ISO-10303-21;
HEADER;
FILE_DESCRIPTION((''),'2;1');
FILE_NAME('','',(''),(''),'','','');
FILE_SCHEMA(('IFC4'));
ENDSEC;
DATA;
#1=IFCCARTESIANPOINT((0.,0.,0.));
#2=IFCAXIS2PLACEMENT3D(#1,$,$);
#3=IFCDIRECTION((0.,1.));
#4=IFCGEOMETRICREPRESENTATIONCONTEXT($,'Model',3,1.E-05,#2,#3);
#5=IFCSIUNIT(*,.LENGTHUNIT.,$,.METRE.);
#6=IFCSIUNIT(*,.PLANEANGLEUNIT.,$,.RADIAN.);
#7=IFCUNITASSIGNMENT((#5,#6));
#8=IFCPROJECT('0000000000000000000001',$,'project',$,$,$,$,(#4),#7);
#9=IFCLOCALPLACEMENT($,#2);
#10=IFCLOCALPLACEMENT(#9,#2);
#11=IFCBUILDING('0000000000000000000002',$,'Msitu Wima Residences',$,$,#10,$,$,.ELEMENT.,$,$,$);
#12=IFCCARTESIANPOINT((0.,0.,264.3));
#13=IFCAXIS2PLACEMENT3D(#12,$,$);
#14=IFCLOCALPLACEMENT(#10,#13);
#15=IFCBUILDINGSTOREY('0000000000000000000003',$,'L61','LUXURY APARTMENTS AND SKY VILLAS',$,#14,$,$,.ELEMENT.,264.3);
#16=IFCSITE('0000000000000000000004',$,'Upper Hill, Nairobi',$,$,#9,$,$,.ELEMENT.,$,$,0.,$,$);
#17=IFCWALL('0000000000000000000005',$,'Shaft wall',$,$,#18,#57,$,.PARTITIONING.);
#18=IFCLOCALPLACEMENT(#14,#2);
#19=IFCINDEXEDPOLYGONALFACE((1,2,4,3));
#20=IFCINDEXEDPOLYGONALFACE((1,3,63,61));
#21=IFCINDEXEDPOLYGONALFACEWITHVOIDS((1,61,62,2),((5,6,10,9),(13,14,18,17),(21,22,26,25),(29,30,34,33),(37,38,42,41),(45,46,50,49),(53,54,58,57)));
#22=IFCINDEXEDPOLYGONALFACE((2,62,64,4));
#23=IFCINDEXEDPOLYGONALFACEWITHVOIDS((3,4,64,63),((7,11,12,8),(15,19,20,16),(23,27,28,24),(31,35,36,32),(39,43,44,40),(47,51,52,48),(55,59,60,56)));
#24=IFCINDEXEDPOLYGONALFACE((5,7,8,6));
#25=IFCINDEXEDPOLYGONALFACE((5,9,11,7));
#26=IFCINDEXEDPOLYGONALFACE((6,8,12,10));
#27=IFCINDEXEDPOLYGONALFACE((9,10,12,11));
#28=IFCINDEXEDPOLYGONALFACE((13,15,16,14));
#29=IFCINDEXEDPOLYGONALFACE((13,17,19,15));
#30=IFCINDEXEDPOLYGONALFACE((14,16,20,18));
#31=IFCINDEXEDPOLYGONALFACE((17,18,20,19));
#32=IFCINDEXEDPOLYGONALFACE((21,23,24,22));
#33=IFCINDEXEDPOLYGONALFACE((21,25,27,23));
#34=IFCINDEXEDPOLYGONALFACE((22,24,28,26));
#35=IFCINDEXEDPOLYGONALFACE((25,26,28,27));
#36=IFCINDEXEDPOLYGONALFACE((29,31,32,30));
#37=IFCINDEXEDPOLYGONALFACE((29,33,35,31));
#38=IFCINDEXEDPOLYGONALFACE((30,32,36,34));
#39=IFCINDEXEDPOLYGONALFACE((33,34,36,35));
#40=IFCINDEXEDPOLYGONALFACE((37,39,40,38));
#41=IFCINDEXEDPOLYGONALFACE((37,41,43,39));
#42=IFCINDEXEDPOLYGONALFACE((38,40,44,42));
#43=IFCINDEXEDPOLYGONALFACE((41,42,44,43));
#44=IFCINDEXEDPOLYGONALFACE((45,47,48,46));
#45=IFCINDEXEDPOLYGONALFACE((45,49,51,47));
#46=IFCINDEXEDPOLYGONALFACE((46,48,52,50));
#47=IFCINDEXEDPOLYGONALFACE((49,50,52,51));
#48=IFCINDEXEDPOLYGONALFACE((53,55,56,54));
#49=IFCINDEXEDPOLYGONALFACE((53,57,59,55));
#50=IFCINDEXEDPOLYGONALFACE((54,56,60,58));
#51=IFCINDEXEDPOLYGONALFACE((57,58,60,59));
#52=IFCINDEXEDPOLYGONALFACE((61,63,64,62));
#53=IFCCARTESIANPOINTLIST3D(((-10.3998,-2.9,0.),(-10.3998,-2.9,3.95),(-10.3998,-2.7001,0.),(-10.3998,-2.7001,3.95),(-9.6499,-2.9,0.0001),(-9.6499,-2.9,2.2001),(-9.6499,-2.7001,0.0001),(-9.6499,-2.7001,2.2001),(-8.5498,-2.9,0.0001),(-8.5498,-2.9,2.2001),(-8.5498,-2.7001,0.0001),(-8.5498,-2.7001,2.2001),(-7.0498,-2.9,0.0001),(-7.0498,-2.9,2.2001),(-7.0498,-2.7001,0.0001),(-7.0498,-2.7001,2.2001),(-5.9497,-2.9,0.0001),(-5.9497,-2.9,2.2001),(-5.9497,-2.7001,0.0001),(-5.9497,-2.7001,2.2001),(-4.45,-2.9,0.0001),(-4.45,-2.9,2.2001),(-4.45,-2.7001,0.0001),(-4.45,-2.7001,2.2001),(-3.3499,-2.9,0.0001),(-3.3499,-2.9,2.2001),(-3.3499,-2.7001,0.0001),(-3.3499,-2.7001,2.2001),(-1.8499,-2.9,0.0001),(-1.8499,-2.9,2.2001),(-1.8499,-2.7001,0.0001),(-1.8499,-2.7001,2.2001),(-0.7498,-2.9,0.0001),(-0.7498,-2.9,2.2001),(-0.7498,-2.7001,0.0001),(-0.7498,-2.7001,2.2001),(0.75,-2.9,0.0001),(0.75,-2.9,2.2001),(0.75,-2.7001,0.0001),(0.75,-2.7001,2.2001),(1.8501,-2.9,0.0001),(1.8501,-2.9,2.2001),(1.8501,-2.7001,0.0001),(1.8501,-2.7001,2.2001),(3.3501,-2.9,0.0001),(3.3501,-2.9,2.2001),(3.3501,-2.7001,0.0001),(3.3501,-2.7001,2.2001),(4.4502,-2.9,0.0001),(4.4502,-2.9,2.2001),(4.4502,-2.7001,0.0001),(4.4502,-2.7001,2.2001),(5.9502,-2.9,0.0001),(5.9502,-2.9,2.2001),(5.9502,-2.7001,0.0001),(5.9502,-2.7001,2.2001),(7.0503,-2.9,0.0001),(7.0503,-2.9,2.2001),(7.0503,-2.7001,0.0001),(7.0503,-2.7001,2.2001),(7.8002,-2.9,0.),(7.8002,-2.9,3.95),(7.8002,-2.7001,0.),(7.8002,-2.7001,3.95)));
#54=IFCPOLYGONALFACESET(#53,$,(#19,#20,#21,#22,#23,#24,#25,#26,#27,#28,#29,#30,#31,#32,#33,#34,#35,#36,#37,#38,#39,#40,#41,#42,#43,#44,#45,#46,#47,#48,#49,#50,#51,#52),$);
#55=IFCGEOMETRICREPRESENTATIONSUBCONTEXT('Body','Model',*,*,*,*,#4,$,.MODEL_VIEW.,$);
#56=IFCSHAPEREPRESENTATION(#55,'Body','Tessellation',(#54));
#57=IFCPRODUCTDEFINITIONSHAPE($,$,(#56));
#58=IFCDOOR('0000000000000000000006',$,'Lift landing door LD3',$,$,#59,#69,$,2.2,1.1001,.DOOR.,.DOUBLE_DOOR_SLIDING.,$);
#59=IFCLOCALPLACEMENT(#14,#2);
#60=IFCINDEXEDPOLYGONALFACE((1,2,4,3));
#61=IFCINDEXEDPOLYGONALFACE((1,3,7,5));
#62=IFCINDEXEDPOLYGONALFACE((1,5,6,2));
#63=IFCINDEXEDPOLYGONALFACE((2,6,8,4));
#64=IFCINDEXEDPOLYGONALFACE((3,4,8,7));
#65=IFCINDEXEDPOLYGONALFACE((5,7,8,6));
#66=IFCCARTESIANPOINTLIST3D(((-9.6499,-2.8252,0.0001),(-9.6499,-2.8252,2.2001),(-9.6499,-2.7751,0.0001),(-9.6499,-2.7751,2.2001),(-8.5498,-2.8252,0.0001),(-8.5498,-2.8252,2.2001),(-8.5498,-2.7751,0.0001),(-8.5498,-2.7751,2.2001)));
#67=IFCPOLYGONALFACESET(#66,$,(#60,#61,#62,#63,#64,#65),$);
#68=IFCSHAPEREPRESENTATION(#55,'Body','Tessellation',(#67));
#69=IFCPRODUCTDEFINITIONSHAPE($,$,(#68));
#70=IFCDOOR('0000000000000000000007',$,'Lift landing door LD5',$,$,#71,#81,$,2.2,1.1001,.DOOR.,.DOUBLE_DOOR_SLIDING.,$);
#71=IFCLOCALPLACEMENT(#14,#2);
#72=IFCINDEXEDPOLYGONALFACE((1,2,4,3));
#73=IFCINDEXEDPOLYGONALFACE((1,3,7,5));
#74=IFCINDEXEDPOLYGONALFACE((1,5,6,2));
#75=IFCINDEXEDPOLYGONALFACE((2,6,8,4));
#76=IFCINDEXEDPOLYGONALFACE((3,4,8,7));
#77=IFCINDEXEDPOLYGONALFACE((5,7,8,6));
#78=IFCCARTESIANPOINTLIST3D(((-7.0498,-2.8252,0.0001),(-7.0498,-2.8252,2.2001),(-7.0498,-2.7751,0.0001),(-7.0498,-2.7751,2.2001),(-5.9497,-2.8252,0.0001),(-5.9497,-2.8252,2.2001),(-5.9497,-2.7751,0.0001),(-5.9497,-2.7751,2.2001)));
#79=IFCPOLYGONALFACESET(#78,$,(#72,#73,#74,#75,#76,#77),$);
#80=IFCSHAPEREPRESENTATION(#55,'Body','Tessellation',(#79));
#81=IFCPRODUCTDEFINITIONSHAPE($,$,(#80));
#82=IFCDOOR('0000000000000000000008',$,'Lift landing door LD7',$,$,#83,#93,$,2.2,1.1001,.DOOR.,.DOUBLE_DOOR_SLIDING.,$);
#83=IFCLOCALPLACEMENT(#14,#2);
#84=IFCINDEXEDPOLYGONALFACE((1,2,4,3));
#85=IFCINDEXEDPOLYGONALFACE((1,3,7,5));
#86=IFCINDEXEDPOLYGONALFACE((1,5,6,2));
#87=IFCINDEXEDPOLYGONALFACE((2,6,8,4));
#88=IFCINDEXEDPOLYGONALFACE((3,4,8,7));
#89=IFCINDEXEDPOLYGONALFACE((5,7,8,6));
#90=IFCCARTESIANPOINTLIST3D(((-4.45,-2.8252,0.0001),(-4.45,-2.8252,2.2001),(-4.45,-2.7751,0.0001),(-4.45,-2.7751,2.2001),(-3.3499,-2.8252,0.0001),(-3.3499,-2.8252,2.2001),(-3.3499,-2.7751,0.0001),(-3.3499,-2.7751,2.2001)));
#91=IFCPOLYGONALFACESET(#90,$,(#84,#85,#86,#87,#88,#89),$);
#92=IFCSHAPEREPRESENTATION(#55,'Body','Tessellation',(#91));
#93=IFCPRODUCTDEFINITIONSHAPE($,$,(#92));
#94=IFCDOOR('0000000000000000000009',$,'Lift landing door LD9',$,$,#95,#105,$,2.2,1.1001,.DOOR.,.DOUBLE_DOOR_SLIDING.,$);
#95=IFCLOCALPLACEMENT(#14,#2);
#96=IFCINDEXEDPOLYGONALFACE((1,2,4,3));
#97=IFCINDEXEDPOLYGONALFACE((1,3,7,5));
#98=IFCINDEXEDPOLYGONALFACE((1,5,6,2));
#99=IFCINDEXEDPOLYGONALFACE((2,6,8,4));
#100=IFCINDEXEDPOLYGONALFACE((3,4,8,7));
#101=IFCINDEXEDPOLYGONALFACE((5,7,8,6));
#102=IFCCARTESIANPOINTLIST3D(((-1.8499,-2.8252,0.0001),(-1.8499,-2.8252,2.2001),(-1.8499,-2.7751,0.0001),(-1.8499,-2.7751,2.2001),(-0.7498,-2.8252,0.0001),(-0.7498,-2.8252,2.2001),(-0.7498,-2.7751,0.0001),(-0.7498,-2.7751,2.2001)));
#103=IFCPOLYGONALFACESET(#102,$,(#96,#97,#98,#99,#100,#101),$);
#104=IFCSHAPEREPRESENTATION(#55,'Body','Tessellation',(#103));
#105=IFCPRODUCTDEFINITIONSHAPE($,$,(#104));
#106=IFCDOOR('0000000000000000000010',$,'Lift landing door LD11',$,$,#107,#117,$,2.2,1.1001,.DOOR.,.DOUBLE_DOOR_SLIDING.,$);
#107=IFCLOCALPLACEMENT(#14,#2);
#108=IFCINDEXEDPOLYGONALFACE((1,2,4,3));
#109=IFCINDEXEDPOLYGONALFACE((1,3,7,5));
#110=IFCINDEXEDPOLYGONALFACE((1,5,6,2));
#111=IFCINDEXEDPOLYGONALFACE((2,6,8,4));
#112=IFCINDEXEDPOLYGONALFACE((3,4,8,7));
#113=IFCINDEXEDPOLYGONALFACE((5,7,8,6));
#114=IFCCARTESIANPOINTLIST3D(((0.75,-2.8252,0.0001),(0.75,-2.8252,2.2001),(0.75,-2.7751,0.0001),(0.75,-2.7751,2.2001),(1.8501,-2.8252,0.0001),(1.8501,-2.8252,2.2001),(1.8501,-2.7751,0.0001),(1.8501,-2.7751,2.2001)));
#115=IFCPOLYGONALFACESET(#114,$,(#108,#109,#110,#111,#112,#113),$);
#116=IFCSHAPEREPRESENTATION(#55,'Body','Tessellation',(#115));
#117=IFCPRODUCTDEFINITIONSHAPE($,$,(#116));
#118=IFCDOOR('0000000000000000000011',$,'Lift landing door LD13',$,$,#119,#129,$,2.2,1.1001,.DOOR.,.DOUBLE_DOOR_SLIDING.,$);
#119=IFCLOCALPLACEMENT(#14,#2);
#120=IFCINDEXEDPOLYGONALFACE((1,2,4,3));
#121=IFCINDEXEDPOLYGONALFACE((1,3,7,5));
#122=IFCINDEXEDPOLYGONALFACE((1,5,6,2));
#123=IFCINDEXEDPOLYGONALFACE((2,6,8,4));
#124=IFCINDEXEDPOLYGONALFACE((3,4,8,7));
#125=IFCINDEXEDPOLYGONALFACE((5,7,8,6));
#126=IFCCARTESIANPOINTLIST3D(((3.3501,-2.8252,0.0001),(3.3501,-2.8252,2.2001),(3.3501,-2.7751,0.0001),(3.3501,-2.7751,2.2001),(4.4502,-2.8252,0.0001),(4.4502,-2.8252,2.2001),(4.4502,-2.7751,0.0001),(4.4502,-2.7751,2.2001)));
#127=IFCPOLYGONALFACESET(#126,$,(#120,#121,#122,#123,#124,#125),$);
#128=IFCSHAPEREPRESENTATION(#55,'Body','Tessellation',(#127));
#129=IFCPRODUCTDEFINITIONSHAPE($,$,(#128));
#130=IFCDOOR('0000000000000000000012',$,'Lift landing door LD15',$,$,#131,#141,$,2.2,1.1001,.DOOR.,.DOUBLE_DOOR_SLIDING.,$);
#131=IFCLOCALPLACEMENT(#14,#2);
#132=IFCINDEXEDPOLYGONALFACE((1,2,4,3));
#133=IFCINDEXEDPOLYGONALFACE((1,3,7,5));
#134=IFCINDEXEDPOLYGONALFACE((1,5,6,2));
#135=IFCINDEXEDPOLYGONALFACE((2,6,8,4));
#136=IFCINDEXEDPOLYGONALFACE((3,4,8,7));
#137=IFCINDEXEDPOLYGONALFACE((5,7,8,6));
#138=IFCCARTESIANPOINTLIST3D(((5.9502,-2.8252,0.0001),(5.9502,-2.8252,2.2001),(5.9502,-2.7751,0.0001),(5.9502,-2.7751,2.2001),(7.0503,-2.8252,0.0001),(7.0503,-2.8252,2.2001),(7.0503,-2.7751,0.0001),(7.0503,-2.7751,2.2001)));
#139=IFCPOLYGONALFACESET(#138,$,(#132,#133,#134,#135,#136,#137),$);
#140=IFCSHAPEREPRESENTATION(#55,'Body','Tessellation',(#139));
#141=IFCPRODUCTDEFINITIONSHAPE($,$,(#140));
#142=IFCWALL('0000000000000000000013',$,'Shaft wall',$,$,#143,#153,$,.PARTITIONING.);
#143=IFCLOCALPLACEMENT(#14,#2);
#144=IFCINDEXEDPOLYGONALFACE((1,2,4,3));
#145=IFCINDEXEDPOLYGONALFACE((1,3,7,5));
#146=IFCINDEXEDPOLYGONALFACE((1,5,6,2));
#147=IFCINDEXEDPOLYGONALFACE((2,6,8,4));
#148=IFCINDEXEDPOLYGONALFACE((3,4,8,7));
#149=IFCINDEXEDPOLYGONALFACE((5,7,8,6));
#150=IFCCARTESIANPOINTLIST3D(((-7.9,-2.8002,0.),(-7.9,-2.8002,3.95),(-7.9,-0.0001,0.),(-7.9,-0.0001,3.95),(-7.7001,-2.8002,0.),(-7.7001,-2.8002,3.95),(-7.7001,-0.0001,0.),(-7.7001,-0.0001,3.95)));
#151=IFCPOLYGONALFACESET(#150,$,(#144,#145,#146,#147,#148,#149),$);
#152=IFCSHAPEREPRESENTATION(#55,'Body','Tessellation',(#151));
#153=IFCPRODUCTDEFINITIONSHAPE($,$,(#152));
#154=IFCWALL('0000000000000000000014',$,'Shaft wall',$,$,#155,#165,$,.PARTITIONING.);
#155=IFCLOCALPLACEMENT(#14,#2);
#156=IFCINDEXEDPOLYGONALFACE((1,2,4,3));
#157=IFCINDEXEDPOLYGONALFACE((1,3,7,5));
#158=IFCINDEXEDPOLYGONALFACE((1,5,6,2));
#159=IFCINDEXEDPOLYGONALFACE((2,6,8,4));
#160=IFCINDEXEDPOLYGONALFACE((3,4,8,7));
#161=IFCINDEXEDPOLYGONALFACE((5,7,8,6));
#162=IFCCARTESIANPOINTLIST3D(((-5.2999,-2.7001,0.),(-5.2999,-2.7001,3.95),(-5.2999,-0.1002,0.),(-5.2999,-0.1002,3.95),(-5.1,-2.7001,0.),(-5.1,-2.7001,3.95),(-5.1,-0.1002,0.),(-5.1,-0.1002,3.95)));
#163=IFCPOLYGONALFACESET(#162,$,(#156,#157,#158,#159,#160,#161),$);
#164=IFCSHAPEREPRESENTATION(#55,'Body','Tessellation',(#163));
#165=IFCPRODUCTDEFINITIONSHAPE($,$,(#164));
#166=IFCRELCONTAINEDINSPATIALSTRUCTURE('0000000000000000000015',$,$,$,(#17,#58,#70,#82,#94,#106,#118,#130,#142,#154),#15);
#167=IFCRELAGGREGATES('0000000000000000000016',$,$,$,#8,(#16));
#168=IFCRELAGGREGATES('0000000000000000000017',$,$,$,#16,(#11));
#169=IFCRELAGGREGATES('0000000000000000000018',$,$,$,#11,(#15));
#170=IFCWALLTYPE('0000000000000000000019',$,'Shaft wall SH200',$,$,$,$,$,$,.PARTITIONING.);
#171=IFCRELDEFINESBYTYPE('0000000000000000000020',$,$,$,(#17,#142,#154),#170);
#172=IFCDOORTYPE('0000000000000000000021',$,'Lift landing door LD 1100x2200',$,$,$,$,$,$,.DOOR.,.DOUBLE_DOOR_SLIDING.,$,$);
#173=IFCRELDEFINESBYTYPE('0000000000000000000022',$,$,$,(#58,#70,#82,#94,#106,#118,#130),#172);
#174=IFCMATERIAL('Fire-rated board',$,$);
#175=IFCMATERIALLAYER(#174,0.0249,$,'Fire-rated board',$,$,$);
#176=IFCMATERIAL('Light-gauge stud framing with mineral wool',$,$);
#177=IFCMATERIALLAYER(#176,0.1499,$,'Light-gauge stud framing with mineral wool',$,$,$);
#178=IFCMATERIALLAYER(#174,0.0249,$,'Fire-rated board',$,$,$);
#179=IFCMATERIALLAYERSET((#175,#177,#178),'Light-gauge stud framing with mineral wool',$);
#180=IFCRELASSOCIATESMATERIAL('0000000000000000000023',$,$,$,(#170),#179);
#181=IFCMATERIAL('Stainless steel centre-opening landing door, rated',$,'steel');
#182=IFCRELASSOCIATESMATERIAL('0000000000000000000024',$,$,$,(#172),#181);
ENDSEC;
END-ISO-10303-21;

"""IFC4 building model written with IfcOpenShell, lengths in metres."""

from ifc_helpers import new_model, si_unit, direction, frame, frame_2d, origin, place, context, subcontext, project, spatial, rectangle, extrude, material, layer, layer_set, type_object, element, fill, save


model = new_model("IFC4")

# Units and contexts
model_context = context("Model", 3, precision=1e-05, world=origin(), true_north=direction((0.0, 1.0)))
body_context = subcontext(model_context, "Body", "Model", "MODEL_VIEW")
ifc_project = project(units=[si_unit("LENGTHUNIT", "METRE"), si_unit("PLANEANGLEUNIT", "RADIAN")], contexts=[model_context])

# Site, building, storey
site_placement = place(None, origin())
site = spatial("IfcSite", under=ifc_project, at=site_placement, Name="Upper Hill, Nairobi", CompositionType="ELEMENT", RefElevation=0.0)
building_placement = place(site_placement, origin())
building = spatial("IfcBuilding", under=site, at=building_placement, Name="Msitu Wima Residences", CompositionType="ELEMENT")
storey_placement = place(building_placement, frame((0.0, 0.0, 264.3)))
storey = spatial("IfcBuildingStorey", under=building, at=storey_placement, Name="L61", Description="LUXURY APARTMENTS AND SKY VILLAS", CompositionType="ELEMENT", Elevation=264.3)

# Shared definitions
ifc_material_1 = material(Name="Fire-rated board")
ifc_layer_1 = layer(ifc_material_1, 0.0249, Name="Fire-rated board")
ifc_material_2 = material(Name="Light-gauge stud framing with mineral wool")
ifc_layer_2 = layer(ifc_material_2, 0.1499, Name="Light-gauge stud framing with mineral wool")
ifc_layer_3 = layer(ifc_material_1, 0.0249, Name="Fire-rated board")
ifc_layer_set_1 = layer_set([ifc_layer_1, ifc_layer_2, ifc_layer_3], Name="Light-gauge stud framing with mineral wool")
wall_type_1 = type_object("IfcWallType", Name="Shaft wall SH200", PredefinedType="PARTITIONING", material=ifc_layer_set_1)

# Wall, openings, doors
wall_1_placement = place(storey_placement, frame((-10.3999, -2.8, 0.0), z_axis=(0.0, 0.0, 1.0), x_axis=(1.0, 0.0, 0.0)))
wall_1 = element("IfcWall", 1, at=wall_1_placement, inside=storey, type_object=wall_type_1, Name="Shaft wall", PredefinedType="PARTITIONING", context=body_context, shape_type="SweptSolid", body=[
    extrude(rectangle(XDim=18.2, YDim=0.2, at=frame_2d((9.1001, 0.0))), origin(), (0.0, 0.0, 1.0), 3.95),
])
opening_1_placement = place(wall_1_placement, frame((0.75, 0.0, 0.0)))
opening_1 = element("IfcOpeningElement", 2, at=opening_1_placement, cuts=wall_1, PredefinedType="OPENING", context=body_context, shape_type="SweptSolid", body=[
    extrude(rectangle(XDim=1.1001, YDim=2.2, at=frame_2d((0.55, 1.1001))), frame((0.0, 0.1099, 0.0), z_axis=(0.0, -1.0, 0.0), x_axis=(1.0, 0.0, 0.0)), (0.0, 0.0, 1.0), 0.22),
])
opening_2_placement = place(wall_1_placement, frame((3.3501, 0.0, 0.0)))
opening_2 = element("IfcOpeningElement", 3, at=opening_2_placement, cuts=wall_1, PredefinedType="OPENING", context=body_context, shape_type="SweptSolid", body=[
    extrude(rectangle(XDim=1.1001, YDim=2.2, at=frame_2d((0.55, 1.1001))), frame((0.0, 0.1099, 0.0), z_axis=(0.0, -1.0, 0.0), x_axis=(1.0, 0.0, 0.0)), (0.0, 0.0, 1.0), 0.22),
])
opening_3_placement = place(wall_1_placement, frame((5.95, 0.0, 0.0)))
opening_3 = element("IfcOpeningElement", 4, at=opening_3_placement, cuts=wall_1, PredefinedType="OPENING", context=body_context, shape_type="SweptSolid", body=[
    extrude(rectangle(XDim=1.1001, YDim=2.2, at=frame_2d((0.55, 1.1001))), frame((0.0, 0.1099, 0.0), z_axis=(0.0, -1.0, 0.0), x_axis=(1.0, 0.0, 0.0)), (0.0, 0.0, 1.0), 0.22),
])
opening_4_placement = place(wall_1_placement, frame((8.55, 0.0, 0.0)))
opening_4 = element("IfcOpeningElement", 5, at=opening_4_placement, cuts=wall_1, PredefinedType="OPENING", context=body_context, shape_type="SweptSolid", body=[
    extrude(rectangle(XDim=1.1001, YDim=2.2, at=frame_2d((0.55, 1.1001))), frame((0.0, 0.1099, 0.0), z_axis=(0.0, -1.0, 0.0), x_axis=(1.0, 0.0, 0.0)), (0.0, 0.0, 1.0), 0.22),
])
opening_5_placement = place(wall_1_placement, frame((11.1499, 0.0, 0.0)))
opening_5 = element("IfcOpeningElement", 6, at=opening_5_placement, cuts=wall_1, PredefinedType="OPENING", context=body_context, shape_type="SweptSolid", body=[
    extrude(rectangle(XDim=1.1001, YDim=2.2, at=frame_2d((0.55, 1.1001))), frame((0.0, 0.1099, 0.0), z_axis=(0.0, -1.0, 0.0), x_axis=(1.0, 0.0, 0.0)), (0.0, 0.0, 1.0), 0.22),
])
opening_6_placement = place(wall_1_placement, frame((13.75, 0.0, 0.0)))
opening_6 = element("IfcOpeningElement", 7, at=opening_6_placement, cuts=wall_1, PredefinedType="OPENING", context=body_context, shape_type="SweptSolid", body=[
    extrude(rectangle(XDim=1.1001, YDim=2.2, at=frame_2d((0.55, 1.1001))), frame((0.0, 0.1099, 0.0), z_axis=(0.0, -1.0, 0.0), x_axis=(1.0, 0.0, 0.0)), (0.0, 0.0, 1.0), 0.22),
])
opening_7_placement = place(wall_1_placement, frame((16.3501, 0.0, 0.0)))
opening_7 = element("IfcOpeningElement", 8, at=opening_7_placement, cuts=wall_1, PredefinedType="OPENING", context=body_context, shape_type="SweptSolid", body=[
    extrude(rectangle(XDim=1.1001, YDim=2.2, at=frame_2d((0.55, 1.1001))), frame((0.0, 0.1099, 0.0), z_axis=(0.0, -1.0, 0.0), x_axis=(1.0, 0.0, 0.0)), (0.0, 0.0, 1.0), 0.22),
])
ifc_material_3 = material(Name="Stainless steel centre-opening landing door, rated", Category="steel")
door_type_1 = type_object("IfcDoorType", Name="Lift landing door LD 1100x2200", OperationType="DOUBLE_DOOR_SLIDING", PredefinedType="DOOR", material=ifc_material_3)
door_1_placement = place(opening_1_placement, origin())
door_1 = element("IfcDoor", 9, at=door_1_placement, inside=storey, type_object=door_type_1, Name="Lift landing door LD3", OperationType="DOUBLE_DOOR_SLIDING", OverallHeight=2.2, OverallWidth=1.1001, PredefinedType="DOOR", context=body_context, shape_type="SweptSolid", body=[
    extrude(rectangle(XDim=1.1001, YDim=2.2, at=frame_2d((0.55, 1.1001))), frame((0.0, 0.0249, 0.0), z_axis=(0.0, -1.0, 0.0), x_axis=(1.0, 0.0, 0.0)), (0.0, 0.0, 1.0), 0.05),
])
fill(opening_1, door_1)
door_2_placement = place(opening_2_placement, origin())
door_2 = element("IfcDoor", 10, at=door_2_placement, inside=storey, type_object=door_type_1, Name="Lift landing door LD5", OperationType="DOUBLE_DOOR_SLIDING", OverallHeight=2.2, OverallWidth=1.1001, PredefinedType="DOOR", context=body_context, shape_type="SweptSolid", body=[
    extrude(rectangle(XDim=1.1001, YDim=2.2, at=frame_2d((0.55, 1.1001))), frame((0.0, 0.0249, 0.0), z_axis=(0.0, -1.0, 0.0), x_axis=(1.0, 0.0, 0.0)), (0.0, 0.0, 1.0), 0.05),
])
fill(opening_2, door_2)
door_3_placement = place(opening_3_placement, origin())
door_3 = element("IfcDoor", 11, at=door_3_placement, inside=storey, type_object=door_type_1, Name="Lift landing door LD7", OperationType="DOUBLE_DOOR_SLIDING", OverallHeight=2.2, OverallWidth=1.1001, PredefinedType="DOOR", context=body_context, shape_type="SweptSolid", body=[
    extrude(rectangle(XDim=1.1001, YDim=2.2, at=frame_2d((0.55, 1.1001))), frame((0.0, 0.0249, 0.0), z_axis=(0.0, -1.0, 0.0), x_axis=(1.0, 0.0, 0.0)), (0.0, 0.0, 1.0), 0.05),
])
fill(opening_3, door_3)
door_4_placement = place(opening_4_placement, origin())
door_4 = element("IfcDoor", 12, at=door_4_placement, inside=storey, type_object=door_type_1, Name="Lift landing door LD9", OperationType="DOUBLE_DOOR_SLIDING", OverallHeight=2.2, OverallWidth=1.1001, PredefinedType="DOOR", context=body_context, shape_type="SweptSolid", body=[
    extrude(rectangle(XDim=1.1001, YDim=2.2, at=frame_2d((0.55, 1.1001))), frame((0.0, 0.0249, 0.0), z_axis=(0.0, -1.0, 0.0), x_axis=(1.0, 0.0, 0.0)), (0.0, 0.0, 1.0), 0.05),
])
fill(opening_4, door_4)
door_5_placement = place(opening_5_placement, origin())
door_5 = element("IfcDoor", 13, at=door_5_placement, inside=storey, type_object=door_type_1, Name="Lift landing door LD11", OperationType="DOUBLE_DOOR_SLIDING", OverallHeight=2.2, OverallWidth=1.1001, PredefinedType="DOOR", context=body_context, shape_type="SweptSolid", body=[
    extrude(rectangle(XDim=1.1001, YDim=2.2, at=frame_2d((0.55, 1.1001))), frame((0.0, 0.0249, 0.0), z_axis=(0.0, -1.0, 0.0), x_axis=(1.0, 0.0, 0.0)), (0.0, 0.0, 1.0), 0.05),
])
fill(opening_5, door_5)
door_6_placement = place(opening_6_placement, origin())
door_6 = element("IfcDoor", 14, at=door_6_placement, inside=storey, type_object=door_type_1, Name="Lift landing door LD13", OperationType="DOUBLE_DOOR_SLIDING", OverallHeight=2.2, OverallWidth=1.1001, PredefinedType="DOOR", context=body_context, shape_type="SweptSolid", body=[
    extrude(rectangle(XDim=1.1001, YDim=2.2, at=frame_2d((0.55, 1.1001))), frame((0.0, 0.0249, 0.0), z_axis=(0.0, -1.0, 0.0), x_axis=(1.0, 0.0, 0.0)), (0.0, 0.0, 1.0), 0.05),
])
fill(opening_6, door_6)
door_7_placement = place(opening_7_placement, origin())
door_7 = element("IfcDoor", 15, at=door_7_placement, inside=storey, type_object=door_type_1, Name="Lift landing door LD15", OperationType="DOUBLE_DOOR_SLIDING", OverallHeight=2.2, OverallWidth=1.1001, PredefinedType="DOOR", context=body_context, shape_type="SweptSolid", body=[
    extrude(rectangle(XDim=1.1001, YDim=2.2, at=frame_2d((0.55, 1.1001))), frame((0.0, 0.0249, 0.0), z_axis=(0.0, -1.0, 0.0), x_axis=(1.0, 0.0, 0.0)), (0.0, 0.0, 1.0), 0.05),
])
fill(opening_7, door_7)

# Walls
wall_2_placement = place(storey_placement, frame((-7.8, -2.8, 0.0), z_axis=(0.0, 0.0, 1.0), x_axis=(0.0, 1.0, 0.0)))
element("IfcWall", 16, at=wall_2_placement, inside=storey, type_object=wall_type_1, Name="Shaft wall", PredefinedType="PARTITIONING", context=body_context, shape_type="SweptSolid", body=[
    extrude(rectangle(XDim=2.8, YDim=0.2, at=frame_2d((1.3999, 0.0))), origin(), (0.0, 0.0, 1.0), 3.95),
])
wall_3_placement = place(storey_placement, frame((-5.2, -2.7, 0.0), z_axis=(0.0, 0.0, 1.0), x_axis=(0.0, 1.0, 0.0)))
element("IfcWall", 17, at=wall_3_placement, inside=storey, type_object=wall_type_1, Name="Shaft wall", PredefinedType="PARTITIONING", context=body_context, shape_type="SweptSolid", body=[
    extrude(rectangle(XDim=2.5999, YDim=0.2, at=frame_2d((1.2998, 0.0))), origin(), (0.0, 0.0, 1.0), 3.95),
])

save(model, "model.ifc")
